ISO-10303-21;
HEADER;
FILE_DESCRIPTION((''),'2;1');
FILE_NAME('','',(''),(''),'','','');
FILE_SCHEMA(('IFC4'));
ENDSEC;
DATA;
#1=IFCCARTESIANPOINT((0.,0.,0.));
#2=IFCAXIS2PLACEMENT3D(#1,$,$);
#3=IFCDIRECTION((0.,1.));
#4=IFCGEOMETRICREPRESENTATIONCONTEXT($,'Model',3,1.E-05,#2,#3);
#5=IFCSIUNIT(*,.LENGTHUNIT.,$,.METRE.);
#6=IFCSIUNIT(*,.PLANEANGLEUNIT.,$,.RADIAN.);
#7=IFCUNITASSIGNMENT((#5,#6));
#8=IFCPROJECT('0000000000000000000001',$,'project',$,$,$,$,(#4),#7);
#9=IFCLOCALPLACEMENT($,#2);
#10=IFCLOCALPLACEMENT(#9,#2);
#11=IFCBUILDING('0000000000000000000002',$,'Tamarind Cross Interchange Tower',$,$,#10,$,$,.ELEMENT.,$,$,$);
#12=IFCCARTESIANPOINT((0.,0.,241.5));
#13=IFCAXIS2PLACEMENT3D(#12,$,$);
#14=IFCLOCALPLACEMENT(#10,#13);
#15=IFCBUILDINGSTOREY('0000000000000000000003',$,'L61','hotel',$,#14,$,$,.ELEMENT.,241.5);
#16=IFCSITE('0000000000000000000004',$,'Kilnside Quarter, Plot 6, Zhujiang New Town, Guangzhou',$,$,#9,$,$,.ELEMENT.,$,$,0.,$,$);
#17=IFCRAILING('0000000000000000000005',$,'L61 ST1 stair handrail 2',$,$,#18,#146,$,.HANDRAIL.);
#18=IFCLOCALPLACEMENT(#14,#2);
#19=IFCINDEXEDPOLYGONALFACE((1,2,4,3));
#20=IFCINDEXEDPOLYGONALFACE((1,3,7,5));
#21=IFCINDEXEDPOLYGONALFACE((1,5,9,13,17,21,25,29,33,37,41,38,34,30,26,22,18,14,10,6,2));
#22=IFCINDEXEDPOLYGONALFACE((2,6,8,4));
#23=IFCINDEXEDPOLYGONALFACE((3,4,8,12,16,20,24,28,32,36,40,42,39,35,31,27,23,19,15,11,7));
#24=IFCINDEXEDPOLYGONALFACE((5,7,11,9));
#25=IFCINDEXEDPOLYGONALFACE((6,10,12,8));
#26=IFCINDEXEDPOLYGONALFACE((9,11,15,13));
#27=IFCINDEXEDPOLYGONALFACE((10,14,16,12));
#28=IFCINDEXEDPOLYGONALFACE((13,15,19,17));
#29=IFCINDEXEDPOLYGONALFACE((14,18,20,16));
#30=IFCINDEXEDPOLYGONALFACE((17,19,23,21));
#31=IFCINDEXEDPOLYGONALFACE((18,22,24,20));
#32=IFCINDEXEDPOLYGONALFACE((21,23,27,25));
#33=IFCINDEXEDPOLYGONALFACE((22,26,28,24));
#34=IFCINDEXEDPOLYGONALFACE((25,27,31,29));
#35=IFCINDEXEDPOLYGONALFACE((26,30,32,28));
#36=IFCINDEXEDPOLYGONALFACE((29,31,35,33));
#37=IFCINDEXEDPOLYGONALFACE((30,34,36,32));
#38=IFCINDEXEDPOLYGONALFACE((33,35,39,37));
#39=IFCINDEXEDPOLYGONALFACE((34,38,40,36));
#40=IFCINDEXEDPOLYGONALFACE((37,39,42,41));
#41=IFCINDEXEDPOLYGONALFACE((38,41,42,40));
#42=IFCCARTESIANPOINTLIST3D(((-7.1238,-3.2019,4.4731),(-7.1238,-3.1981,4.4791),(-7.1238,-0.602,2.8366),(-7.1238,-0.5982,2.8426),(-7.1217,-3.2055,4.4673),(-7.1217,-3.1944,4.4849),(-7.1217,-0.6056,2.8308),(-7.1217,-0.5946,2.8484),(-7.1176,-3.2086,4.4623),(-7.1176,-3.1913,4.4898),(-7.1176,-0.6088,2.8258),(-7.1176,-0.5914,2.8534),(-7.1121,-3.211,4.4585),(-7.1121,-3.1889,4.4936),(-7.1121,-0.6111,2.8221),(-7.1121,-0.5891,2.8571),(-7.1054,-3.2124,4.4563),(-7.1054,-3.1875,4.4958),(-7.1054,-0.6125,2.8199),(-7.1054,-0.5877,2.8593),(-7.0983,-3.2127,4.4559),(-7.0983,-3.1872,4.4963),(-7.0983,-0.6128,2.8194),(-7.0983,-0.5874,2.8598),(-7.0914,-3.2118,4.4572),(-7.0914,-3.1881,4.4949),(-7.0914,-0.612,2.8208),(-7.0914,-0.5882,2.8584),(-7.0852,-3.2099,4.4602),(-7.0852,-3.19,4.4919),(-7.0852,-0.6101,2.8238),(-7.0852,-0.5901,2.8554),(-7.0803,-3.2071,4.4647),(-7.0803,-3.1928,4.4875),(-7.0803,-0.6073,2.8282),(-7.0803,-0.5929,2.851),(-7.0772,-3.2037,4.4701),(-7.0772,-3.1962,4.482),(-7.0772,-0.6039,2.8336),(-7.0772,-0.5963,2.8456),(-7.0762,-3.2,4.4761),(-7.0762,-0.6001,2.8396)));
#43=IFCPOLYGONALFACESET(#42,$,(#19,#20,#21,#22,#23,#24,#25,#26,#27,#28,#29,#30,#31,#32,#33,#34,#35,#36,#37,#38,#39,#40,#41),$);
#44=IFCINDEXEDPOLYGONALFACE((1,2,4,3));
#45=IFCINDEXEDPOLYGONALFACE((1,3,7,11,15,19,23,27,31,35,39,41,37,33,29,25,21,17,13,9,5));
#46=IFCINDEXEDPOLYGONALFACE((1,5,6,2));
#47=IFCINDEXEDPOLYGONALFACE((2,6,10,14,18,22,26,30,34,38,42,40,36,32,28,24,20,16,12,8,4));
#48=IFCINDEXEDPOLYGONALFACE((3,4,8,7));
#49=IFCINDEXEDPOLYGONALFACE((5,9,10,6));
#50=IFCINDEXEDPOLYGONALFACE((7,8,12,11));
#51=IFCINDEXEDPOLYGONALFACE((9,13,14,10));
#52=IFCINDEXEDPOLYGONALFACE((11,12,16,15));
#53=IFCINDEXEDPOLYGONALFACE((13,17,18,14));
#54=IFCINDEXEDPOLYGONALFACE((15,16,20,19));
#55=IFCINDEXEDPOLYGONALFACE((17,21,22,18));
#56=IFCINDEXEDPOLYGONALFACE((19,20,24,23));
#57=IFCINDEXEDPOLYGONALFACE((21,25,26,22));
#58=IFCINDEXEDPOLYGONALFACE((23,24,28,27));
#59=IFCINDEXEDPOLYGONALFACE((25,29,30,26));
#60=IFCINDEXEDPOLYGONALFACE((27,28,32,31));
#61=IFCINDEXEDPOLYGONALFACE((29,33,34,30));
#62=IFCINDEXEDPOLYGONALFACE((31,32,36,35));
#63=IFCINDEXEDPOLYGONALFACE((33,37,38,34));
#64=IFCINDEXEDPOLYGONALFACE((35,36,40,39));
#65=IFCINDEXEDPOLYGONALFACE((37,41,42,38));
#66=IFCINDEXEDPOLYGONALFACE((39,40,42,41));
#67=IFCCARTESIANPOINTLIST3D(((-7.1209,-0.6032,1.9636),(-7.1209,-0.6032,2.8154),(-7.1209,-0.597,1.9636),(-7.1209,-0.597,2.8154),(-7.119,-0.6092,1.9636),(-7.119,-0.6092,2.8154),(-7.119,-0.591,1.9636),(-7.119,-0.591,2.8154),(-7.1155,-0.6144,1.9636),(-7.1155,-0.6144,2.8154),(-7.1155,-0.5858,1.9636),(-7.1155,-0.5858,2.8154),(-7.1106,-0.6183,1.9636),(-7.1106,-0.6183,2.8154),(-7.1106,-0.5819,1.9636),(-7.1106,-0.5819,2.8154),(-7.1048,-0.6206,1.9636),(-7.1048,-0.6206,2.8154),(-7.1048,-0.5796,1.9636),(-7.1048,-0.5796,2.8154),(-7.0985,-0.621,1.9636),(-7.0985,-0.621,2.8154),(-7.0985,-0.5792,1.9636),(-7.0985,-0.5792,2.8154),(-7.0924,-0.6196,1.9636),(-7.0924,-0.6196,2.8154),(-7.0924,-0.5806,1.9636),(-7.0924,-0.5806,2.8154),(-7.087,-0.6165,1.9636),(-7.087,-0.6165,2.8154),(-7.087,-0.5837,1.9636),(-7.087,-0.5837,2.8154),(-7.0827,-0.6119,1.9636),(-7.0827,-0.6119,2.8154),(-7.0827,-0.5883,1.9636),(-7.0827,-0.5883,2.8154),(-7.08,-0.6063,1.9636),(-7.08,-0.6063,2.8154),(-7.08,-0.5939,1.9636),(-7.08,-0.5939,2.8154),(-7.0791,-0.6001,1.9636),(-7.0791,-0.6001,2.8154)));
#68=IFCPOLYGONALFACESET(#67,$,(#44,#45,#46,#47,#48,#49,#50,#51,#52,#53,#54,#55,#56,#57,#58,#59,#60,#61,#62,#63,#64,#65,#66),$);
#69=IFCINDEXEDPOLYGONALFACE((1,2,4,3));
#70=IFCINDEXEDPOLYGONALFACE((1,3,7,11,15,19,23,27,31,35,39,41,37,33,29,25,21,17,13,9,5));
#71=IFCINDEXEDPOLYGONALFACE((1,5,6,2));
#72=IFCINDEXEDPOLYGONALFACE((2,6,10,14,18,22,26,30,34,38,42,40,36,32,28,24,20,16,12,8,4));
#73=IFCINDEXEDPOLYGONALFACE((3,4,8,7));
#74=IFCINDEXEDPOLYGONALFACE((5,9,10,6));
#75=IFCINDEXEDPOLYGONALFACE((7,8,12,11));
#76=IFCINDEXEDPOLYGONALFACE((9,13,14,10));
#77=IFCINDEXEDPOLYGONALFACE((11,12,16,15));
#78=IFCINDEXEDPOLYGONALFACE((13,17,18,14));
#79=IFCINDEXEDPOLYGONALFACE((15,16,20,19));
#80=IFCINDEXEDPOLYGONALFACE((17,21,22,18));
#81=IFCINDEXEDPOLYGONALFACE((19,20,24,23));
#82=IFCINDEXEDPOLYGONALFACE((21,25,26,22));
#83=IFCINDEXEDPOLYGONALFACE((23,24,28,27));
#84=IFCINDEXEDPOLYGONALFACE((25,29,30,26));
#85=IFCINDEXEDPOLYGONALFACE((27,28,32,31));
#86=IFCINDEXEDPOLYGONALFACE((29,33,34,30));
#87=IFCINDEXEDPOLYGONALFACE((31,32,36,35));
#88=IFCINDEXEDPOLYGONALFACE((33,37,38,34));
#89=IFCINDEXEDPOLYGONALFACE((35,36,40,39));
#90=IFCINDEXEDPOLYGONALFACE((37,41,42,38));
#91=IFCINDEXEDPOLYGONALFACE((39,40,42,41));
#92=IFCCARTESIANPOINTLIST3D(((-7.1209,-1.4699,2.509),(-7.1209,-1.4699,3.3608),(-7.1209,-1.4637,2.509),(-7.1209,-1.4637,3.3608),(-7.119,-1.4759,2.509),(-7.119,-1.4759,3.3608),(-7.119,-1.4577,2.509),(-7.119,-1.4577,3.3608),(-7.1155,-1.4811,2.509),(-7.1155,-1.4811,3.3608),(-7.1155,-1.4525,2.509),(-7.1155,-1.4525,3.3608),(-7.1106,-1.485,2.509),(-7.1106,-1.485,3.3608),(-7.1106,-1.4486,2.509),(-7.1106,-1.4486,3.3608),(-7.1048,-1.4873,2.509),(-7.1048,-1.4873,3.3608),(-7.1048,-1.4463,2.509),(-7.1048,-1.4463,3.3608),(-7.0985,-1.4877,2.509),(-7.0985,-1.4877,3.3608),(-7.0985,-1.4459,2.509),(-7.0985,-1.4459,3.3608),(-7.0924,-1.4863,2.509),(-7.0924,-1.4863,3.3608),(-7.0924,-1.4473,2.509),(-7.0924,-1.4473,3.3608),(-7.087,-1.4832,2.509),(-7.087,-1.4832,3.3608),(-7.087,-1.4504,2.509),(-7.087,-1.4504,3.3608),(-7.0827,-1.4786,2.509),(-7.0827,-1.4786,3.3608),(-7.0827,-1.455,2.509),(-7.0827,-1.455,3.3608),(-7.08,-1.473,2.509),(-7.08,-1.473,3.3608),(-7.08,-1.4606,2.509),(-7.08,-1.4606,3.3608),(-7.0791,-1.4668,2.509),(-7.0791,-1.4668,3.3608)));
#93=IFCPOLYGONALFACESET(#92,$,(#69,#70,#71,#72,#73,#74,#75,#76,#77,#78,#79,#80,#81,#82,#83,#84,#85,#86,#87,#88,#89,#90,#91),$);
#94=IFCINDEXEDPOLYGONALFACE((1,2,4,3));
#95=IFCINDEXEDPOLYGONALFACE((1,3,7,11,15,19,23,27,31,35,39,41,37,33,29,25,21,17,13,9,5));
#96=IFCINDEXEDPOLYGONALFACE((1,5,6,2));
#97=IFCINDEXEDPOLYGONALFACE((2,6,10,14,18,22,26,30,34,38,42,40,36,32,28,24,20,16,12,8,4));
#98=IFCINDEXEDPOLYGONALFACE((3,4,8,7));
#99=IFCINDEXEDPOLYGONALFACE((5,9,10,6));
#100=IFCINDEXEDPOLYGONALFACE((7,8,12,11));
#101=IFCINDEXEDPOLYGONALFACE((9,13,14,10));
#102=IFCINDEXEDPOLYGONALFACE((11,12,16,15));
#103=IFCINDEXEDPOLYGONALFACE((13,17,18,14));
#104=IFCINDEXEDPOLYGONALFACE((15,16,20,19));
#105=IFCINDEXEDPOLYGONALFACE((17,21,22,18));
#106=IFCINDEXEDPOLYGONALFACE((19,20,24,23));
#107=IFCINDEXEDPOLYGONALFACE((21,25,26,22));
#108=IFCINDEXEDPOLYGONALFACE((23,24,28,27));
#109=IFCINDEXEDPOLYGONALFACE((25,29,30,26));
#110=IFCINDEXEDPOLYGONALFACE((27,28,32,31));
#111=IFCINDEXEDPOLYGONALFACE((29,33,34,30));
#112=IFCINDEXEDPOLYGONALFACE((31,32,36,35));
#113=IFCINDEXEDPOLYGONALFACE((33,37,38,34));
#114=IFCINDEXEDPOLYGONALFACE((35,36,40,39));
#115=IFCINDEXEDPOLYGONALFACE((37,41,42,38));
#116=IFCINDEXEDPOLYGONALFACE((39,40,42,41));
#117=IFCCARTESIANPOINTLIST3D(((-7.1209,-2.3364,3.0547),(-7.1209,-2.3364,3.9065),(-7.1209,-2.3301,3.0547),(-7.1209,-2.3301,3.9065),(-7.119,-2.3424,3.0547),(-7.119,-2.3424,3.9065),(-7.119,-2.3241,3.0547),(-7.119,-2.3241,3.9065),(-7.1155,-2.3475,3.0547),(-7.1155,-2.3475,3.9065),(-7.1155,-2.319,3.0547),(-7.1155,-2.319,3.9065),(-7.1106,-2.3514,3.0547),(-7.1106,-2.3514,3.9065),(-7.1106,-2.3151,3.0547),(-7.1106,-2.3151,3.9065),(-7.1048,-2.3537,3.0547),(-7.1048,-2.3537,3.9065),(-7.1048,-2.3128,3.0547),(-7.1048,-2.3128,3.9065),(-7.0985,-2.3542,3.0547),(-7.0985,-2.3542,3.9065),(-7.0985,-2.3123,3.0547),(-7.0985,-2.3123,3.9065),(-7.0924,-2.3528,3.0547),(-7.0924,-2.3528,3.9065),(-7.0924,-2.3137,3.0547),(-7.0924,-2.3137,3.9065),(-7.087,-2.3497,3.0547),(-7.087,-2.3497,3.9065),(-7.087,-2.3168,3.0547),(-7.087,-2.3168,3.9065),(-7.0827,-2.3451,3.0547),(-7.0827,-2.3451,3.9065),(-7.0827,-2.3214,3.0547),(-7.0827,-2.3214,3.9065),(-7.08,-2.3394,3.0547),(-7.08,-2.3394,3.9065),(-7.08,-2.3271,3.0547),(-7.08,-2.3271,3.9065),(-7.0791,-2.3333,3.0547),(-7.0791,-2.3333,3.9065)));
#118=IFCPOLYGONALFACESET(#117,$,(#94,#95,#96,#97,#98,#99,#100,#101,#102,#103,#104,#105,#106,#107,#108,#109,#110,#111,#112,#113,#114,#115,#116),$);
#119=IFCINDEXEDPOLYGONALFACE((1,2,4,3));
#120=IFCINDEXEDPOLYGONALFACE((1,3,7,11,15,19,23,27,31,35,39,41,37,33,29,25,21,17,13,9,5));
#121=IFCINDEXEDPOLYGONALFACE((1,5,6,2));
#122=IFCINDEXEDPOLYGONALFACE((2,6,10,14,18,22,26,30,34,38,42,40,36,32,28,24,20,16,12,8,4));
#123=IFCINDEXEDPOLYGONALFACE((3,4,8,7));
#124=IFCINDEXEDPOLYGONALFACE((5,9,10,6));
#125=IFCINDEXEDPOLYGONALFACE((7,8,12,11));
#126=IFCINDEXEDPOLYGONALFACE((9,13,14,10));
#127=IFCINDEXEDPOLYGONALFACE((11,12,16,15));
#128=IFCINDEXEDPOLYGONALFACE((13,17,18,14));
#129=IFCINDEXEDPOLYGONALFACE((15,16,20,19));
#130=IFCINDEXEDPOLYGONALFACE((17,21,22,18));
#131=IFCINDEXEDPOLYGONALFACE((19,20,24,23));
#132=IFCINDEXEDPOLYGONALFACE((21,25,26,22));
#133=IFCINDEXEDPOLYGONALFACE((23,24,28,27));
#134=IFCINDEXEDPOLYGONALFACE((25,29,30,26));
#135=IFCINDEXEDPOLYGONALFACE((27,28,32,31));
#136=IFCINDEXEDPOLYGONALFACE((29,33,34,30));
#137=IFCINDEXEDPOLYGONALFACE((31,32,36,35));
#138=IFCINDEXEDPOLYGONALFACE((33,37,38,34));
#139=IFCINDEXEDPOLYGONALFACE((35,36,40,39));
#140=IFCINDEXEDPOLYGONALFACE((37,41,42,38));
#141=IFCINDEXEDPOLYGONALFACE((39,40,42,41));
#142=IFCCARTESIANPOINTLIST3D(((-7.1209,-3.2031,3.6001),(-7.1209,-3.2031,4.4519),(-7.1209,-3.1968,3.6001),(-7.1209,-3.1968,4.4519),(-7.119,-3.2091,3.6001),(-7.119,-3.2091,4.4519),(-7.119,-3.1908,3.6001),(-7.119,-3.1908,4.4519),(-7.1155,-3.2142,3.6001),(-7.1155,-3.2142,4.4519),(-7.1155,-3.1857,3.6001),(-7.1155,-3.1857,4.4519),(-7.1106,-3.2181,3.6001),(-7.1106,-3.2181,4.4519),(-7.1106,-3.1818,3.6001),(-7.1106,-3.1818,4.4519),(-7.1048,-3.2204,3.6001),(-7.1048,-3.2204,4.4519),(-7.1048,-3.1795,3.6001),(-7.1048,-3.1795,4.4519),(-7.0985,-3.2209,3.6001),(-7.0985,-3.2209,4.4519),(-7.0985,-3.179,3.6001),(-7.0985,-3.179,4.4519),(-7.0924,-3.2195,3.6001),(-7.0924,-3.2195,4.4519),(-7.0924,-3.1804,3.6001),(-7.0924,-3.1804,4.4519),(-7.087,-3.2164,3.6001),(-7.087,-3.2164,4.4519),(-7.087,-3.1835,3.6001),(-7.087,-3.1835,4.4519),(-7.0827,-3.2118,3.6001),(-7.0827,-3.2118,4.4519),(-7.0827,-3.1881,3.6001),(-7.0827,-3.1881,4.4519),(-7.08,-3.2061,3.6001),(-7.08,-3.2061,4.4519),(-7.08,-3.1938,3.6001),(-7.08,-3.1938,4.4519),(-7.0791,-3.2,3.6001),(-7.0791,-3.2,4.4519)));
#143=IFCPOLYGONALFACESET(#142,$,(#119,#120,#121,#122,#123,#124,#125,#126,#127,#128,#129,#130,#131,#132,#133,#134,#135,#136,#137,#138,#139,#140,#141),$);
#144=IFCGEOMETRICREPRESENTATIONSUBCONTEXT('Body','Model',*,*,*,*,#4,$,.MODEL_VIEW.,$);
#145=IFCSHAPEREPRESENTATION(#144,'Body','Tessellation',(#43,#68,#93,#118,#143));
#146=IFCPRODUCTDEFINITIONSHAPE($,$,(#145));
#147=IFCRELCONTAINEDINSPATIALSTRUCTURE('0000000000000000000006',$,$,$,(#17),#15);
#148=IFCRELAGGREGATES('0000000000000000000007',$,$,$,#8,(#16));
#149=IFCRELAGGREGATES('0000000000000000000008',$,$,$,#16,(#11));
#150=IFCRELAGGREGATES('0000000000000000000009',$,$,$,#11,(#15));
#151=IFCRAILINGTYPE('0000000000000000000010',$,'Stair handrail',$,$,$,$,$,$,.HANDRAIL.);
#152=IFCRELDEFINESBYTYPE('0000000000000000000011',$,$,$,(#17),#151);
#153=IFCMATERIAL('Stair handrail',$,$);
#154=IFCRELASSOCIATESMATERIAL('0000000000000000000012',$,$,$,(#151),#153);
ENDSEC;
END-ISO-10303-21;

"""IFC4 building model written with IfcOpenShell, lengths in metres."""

from ifc_helpers import new_model, si_unit, direction, frame, origin, origin_2d, place, context, subcontext, project, spatial, circle, extrude, material, type_object, element, save


model = new_model("IFC4")

# Units and contexts
model_context = context("Model", 3, precision=1e-05, world=origin(), true_north=direction((0.0, 1.0)))
body_context = subcontext(model_context, "Body", "Model", "MODEL_VIEW")
ifc_project = project(units=[si_unit("LENGTHUNIT", "METRE"), si_unit("PLANEANGLEUNIT", "RADIAN")], contexts=[model_context])

# Site, building, storey
site_placement = place(None, origin())
site = spatial("IfcSite", under=ifc_project, at=site_placement, Name="Kilnside Quarter, Plot 6, Zhujiang New Town, Guangzhou", CompositionType="ELEMENT", RefElevation=0.0)
building_placement = place(site_placement, origin())
building = spatial("IfcBuilding", under=site, at=building_placement, Name="Tamarind Cross Interchange Tower", CompositionType="ELEMENT")
storey_placement = place(building_placement, frame((0.0, 0.0, 241.5)))
storey = spatial("IfcBuildingStorey", under=building, at=storey_placement, Name="L61", Description="hotel", CompositionType="ELEMENT", Elevation=241.5)

# Railing
ifc_material_1 = material(Name="Stair handrail")
railing_type_1 = type_object("IfcRailingType", Name="Stair handrail", PredefinedType="HANDRAIL", material=ifc_material_1)
railing_1_placement = place(storey_placement, frame((-7.1001, -0.6001, 1.9636)))
element("IfcRailing", 1, at=railing_1_placement, inside=storey, type_object=railing_type_1, Name="L61 ST1 stair handrail 2", PredefinedType="HANDRAIL", context=body_context, shape_type="SweptSolid", body=[
    extrude(circle(Radius=0.0239, at=origin_2d()), frame((0.0, 0.0, 0.876), z_axis=(0.0, -0.846302, 0.532704), x_axis=(1.0, 0.0, 0.0)), (0.0, 0.0, 1.0), 3.072),
    extrude(circle(Radius=0.021, at=origin_2d()), origin(), (0.0, 0.0, 1.0), 0.8518),
    extrude(circle(Radius=0.021, at=origin_2d()), frame((0.0, -0.8667, 0.5454)), (0.0, 0.0, 1.0), 0.8518),
    extrude(circle(Radius=0.021, at=origin_2d()), frame((0.0, -1.7332, 1.0911)), (0.0, 0.0, 1.0), 0.8518),
    extrude(circle(Radius=0.021, at=origin_2d()), frame((0.0, -2.5999, 1.6365)), (0.0, 0.0, 1.0), 0.8518),
])

save(model, "model.ifc")
